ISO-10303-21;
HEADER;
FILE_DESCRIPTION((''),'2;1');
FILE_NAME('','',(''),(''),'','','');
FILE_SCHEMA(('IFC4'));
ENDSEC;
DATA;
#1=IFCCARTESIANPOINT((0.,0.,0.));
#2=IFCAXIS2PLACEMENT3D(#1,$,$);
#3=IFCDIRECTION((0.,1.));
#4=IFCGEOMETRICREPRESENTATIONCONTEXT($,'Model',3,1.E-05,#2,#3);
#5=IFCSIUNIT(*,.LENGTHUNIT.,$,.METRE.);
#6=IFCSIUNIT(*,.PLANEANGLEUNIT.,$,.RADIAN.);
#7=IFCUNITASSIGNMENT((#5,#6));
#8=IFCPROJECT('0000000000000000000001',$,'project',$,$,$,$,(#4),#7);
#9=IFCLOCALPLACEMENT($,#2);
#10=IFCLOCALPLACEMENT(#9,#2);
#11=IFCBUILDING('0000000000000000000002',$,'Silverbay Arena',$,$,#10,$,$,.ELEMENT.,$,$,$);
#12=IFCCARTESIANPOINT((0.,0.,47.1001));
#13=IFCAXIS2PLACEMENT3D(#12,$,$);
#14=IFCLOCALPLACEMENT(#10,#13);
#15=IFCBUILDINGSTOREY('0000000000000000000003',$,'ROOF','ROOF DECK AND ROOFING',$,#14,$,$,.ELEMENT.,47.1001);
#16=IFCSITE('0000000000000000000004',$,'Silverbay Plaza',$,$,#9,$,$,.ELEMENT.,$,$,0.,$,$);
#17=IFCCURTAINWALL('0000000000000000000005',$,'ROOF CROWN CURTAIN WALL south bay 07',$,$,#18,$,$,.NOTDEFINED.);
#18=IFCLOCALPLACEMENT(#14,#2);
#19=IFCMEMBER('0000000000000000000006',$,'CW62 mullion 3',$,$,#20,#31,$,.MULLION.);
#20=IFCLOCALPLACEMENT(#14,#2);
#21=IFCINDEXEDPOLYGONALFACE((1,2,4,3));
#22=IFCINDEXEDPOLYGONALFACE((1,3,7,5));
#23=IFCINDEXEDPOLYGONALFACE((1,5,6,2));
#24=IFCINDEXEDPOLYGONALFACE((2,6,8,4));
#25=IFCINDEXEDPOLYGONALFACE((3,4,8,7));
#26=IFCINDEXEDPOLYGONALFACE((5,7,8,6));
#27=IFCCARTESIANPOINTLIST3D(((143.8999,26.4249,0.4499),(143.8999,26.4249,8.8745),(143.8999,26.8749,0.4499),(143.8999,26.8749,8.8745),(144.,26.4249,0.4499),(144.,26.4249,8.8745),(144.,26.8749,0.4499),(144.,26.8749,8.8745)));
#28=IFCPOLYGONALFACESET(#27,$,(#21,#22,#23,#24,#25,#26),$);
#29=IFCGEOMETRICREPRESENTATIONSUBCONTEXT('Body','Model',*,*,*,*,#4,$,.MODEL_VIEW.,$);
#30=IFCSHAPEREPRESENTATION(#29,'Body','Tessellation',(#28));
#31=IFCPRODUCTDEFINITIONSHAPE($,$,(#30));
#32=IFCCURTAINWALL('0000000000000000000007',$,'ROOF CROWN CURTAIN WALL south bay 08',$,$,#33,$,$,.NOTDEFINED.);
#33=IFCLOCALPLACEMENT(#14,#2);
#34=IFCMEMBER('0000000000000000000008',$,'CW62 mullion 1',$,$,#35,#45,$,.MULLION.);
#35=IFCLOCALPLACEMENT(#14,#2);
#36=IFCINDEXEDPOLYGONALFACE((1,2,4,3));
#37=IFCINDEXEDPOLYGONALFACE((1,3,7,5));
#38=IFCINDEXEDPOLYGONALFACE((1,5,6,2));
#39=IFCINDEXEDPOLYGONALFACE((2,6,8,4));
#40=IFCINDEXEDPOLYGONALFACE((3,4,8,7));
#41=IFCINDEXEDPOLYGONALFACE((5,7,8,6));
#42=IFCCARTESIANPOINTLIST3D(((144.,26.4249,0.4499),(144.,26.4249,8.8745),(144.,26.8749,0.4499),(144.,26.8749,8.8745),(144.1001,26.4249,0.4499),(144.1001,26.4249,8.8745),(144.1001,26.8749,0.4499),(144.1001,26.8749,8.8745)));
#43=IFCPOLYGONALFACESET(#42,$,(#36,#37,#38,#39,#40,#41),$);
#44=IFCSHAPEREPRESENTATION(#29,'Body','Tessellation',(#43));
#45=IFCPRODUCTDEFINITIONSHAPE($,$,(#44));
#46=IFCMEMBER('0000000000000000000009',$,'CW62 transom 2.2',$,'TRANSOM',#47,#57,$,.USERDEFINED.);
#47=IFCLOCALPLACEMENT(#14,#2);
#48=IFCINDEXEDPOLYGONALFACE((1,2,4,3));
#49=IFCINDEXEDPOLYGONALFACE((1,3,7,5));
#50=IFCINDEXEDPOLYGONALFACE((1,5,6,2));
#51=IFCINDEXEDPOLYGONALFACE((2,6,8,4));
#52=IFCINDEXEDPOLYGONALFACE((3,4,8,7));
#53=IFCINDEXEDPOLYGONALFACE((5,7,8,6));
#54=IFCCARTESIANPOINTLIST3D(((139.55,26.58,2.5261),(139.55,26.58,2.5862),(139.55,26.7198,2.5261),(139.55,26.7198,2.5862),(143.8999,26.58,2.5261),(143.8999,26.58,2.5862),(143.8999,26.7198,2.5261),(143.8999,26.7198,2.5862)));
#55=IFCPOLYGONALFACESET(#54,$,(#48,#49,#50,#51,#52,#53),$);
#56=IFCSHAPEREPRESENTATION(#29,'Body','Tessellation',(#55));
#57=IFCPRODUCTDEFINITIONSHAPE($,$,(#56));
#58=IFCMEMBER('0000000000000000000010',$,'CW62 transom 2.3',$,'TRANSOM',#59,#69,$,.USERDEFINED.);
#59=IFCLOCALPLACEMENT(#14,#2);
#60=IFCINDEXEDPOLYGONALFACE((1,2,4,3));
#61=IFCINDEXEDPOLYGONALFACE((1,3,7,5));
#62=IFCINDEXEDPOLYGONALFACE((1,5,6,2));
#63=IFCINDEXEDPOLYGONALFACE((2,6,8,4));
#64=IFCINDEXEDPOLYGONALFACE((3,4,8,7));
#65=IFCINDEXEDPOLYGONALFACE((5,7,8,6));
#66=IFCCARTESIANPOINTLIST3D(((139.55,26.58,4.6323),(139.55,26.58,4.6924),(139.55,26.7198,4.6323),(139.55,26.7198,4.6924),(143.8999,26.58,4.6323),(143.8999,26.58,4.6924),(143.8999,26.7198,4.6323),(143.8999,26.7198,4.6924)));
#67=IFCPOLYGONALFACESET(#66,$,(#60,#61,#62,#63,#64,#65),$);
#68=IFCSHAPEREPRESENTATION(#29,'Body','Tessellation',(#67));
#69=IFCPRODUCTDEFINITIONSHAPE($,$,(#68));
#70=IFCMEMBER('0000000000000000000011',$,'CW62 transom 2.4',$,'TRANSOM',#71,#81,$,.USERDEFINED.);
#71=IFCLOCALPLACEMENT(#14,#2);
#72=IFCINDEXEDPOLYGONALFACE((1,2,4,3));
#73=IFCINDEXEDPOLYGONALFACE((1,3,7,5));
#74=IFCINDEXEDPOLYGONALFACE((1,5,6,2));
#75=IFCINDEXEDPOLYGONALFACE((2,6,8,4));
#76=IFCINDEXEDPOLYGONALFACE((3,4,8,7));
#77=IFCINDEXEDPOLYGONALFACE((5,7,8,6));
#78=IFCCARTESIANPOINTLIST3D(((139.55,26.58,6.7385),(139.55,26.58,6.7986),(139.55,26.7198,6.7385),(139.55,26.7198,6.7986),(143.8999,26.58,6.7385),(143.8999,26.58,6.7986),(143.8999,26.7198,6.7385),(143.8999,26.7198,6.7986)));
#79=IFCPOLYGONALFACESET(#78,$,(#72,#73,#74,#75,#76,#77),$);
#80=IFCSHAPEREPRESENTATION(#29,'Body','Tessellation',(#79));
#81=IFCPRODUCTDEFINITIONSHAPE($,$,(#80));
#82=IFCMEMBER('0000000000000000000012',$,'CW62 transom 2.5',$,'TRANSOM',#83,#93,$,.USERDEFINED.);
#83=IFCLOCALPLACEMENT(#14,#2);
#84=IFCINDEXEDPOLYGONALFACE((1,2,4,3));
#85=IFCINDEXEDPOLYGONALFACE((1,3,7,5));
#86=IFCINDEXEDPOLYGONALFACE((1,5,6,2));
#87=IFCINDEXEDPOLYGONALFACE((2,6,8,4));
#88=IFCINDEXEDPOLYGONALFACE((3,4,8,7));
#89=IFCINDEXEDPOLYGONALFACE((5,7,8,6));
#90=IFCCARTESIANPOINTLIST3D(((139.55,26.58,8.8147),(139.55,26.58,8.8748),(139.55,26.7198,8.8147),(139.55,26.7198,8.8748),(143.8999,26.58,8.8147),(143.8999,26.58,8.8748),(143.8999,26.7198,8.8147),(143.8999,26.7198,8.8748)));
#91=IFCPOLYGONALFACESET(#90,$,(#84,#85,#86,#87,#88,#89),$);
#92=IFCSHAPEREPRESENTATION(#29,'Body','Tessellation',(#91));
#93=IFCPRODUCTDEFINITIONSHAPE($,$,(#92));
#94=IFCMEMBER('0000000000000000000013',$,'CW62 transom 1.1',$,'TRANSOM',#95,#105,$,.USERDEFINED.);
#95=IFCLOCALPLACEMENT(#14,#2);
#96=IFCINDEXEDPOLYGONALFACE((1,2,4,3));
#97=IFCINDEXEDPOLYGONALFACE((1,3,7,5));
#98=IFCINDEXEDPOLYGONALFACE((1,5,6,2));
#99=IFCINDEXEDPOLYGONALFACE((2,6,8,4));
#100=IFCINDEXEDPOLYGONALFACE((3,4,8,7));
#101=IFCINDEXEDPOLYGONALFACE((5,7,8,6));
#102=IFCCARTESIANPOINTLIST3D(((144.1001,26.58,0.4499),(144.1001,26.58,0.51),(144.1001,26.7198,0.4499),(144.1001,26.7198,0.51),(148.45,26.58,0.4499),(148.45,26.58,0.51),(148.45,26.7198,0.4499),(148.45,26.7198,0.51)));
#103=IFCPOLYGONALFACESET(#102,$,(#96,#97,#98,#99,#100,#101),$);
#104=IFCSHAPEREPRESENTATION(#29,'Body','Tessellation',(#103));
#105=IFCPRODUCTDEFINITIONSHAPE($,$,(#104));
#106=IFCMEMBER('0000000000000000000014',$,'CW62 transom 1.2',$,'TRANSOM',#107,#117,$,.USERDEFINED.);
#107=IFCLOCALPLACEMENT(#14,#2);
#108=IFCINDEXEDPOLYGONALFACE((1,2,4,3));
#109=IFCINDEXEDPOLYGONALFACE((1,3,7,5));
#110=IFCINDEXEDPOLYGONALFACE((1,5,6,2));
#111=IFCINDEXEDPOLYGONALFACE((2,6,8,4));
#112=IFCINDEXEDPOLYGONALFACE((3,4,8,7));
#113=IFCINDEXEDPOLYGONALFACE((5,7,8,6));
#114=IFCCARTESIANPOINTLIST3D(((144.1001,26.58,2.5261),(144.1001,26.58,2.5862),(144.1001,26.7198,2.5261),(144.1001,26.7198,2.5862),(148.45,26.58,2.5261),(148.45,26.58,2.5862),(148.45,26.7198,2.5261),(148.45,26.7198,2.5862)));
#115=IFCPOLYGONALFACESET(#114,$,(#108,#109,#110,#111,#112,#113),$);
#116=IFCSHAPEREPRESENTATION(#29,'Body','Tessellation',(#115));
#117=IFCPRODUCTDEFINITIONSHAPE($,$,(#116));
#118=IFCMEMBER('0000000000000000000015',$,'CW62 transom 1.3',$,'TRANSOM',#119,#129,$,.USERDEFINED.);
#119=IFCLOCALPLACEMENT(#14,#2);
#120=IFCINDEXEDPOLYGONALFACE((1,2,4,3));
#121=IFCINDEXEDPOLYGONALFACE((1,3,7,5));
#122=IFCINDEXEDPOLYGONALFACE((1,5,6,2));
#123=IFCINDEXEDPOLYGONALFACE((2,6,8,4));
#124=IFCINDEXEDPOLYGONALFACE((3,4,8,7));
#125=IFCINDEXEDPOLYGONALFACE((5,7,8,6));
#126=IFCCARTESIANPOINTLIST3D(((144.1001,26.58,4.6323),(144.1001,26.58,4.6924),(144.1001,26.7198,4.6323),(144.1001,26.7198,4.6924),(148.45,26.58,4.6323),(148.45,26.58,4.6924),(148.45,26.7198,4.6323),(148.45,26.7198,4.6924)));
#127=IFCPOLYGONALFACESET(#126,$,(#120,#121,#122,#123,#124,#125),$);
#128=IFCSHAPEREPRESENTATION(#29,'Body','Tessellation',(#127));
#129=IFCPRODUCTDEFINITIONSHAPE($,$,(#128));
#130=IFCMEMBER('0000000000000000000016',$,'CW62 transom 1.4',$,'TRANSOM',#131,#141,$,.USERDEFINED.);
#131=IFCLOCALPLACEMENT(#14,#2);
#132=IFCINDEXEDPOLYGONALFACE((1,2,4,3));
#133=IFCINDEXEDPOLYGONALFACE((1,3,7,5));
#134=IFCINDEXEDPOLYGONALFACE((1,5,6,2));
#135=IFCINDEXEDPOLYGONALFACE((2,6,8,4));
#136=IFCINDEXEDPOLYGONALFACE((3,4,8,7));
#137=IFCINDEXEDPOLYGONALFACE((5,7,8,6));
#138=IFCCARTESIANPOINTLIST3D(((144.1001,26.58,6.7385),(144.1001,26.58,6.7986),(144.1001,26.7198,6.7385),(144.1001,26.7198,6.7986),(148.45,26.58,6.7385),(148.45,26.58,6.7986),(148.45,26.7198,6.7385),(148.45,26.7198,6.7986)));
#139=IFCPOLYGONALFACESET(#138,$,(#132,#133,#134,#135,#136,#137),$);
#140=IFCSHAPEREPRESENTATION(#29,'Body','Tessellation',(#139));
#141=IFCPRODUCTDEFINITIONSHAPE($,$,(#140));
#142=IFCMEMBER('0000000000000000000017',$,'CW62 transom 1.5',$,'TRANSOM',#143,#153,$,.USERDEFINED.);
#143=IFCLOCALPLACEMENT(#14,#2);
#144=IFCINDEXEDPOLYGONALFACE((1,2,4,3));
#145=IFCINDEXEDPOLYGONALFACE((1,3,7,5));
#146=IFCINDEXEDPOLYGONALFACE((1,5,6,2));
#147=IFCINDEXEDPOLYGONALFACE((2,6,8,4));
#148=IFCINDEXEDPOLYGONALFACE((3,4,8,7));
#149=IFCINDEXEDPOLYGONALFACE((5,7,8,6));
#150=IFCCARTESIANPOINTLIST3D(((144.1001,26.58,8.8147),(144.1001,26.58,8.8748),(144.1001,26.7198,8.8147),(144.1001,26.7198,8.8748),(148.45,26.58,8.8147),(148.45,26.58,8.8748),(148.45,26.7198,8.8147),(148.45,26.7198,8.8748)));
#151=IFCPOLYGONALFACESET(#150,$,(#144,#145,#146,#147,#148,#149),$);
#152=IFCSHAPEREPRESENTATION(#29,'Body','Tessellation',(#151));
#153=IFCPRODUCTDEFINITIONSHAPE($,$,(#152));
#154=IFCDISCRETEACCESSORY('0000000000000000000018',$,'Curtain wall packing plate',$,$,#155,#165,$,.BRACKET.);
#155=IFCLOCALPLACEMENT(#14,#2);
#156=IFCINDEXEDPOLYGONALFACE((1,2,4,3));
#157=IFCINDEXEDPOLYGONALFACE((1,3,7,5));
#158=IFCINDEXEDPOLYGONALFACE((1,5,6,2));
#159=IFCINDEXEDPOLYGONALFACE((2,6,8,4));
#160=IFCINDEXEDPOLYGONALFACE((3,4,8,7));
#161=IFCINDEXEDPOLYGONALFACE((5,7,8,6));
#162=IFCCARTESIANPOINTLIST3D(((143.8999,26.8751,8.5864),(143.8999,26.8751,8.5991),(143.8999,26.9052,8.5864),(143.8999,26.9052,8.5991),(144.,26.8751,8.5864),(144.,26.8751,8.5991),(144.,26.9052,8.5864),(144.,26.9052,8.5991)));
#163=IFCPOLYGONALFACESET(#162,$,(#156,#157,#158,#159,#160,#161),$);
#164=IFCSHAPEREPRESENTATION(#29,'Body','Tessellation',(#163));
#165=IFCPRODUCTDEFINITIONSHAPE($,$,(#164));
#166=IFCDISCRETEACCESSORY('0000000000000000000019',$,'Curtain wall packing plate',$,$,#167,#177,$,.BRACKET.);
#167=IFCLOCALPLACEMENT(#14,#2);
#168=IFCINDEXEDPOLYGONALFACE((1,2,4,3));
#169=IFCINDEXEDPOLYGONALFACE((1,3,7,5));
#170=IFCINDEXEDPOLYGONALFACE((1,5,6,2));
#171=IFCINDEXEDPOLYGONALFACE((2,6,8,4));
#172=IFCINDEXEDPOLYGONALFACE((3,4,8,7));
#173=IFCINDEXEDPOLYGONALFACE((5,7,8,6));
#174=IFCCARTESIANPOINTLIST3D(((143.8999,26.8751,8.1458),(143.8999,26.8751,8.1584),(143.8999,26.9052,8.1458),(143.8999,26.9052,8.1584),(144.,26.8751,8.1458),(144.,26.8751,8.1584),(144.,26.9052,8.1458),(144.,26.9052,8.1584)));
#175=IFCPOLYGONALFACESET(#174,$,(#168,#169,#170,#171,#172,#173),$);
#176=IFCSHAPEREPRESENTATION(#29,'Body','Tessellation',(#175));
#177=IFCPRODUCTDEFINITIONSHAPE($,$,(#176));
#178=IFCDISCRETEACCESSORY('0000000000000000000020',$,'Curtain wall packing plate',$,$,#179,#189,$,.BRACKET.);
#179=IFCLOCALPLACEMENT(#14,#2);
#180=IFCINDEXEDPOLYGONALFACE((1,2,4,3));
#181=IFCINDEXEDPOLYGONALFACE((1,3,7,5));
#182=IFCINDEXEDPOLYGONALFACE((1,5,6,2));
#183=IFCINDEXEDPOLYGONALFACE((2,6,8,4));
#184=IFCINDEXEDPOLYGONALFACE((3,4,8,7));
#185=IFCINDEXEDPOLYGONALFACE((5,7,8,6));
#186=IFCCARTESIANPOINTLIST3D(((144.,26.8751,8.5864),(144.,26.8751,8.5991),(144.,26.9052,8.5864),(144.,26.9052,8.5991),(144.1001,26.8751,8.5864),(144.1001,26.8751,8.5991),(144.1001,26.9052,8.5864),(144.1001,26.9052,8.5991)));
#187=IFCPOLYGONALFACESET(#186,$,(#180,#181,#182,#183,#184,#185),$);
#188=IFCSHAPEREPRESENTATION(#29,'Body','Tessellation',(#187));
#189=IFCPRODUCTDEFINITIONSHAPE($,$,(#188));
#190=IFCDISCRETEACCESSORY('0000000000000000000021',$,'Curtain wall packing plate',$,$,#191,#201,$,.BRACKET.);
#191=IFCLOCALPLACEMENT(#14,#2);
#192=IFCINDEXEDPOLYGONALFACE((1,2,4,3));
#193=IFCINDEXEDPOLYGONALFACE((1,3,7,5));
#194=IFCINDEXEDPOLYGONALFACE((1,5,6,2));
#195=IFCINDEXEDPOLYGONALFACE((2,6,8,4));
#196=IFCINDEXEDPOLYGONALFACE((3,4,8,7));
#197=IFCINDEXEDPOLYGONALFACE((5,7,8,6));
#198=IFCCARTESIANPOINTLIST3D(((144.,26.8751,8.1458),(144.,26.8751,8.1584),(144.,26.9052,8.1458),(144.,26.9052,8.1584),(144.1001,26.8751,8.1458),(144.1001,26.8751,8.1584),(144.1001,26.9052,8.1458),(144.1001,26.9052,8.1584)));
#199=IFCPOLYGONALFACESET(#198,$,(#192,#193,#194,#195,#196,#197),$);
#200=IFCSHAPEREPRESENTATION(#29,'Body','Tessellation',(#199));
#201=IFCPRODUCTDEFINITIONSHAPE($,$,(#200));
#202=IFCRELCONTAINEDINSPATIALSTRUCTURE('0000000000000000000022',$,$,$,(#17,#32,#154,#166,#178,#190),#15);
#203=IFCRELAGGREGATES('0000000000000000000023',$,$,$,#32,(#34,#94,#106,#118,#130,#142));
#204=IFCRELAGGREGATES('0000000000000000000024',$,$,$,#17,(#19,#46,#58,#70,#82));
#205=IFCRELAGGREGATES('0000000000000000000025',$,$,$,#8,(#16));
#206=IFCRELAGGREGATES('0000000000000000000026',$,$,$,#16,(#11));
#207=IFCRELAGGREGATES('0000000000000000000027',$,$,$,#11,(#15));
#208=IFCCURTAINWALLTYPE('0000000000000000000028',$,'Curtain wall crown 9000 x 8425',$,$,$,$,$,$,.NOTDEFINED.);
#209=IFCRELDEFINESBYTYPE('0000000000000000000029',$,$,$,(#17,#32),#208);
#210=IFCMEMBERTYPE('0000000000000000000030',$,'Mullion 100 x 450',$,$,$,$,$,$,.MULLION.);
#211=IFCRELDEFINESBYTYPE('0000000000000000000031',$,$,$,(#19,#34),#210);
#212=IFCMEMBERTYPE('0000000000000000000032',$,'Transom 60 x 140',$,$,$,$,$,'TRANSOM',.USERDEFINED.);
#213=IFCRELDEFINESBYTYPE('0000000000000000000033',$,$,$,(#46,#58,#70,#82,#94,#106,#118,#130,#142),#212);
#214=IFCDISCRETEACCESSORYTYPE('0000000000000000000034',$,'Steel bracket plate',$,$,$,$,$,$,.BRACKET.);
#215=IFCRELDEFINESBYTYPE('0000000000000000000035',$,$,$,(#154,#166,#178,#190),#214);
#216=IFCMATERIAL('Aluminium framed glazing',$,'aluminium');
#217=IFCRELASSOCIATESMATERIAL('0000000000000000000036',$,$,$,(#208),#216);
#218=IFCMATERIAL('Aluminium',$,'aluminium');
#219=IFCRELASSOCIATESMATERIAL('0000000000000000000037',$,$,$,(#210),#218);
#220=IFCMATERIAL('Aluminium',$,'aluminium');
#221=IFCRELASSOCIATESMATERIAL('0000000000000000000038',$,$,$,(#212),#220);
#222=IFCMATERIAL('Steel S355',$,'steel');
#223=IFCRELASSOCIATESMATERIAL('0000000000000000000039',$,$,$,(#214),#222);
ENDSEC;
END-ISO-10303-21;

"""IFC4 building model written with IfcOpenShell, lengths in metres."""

from ifc_helpers import new_model, si_unit, direction, frame, origin, origin_2d, place, context, subcontext, project, spatial, rectangle, extrude, material, material_profile, profile_set, type_object, element, aggregate, save


model = new_model("IFC4")

# Units and contexts
model_context = context("Model", 3, precision=1e-05, world=origin(), true_north=direction((0.0, 1.0)))
body_context = subcontext(model_context, "Body", "Model", "MODEL_VIEW")
ifc_project = project(units=[si_unit("LENGTHUNIT", "METRE"), si_unit("PLANEANGLEUNIT", "RADIAN")], contexts=[model_context])

# Site, building, storey
site_placement = place(None, origin())
site = spatial("IfcSite", under=ifc_project, at=site_placement, Name="Silverbay Plaza", CompositionType="ELEMENT", RefElevation=0.0)
building_placement = place(site_placement, origin())
building = spatial("IfcBuilding", under=site, at=building_placement, Name="Silverbay Arena", CompositionType="ELEMENT")
storey_placement = place(building_placement, frame((0.0, 0.0, 47.1001)))
storey = spatial("IfcBuildingStorey", under=building, at=storey_placement, Name="ROOF", Description="ROOF DECK AND ROOFING", CompositionType="ELEMENT", Elevation=47.1001)

# Curtain walls, members
ifc_material_1 = material(Name="Aluminium framed glazing", Category="aluminium")
curtain_wall_type = type_object("IfcCurtainWallType", Name="Curtain wall crown 9000 x 8425", PredefinedType="NOTDEFINED", material=ifc_material_1)
curtain_wall_1_placement = place(storey_placement, origin())
curtain_wall_1 = element("IfcCurtainWall", 1, at=curtain_wall_1_placement, inside=storey, type_object=curtain_wall_type, Name="ROOF CROWN CURTAIN WALL south bay 07", PredefinedType="NOTDEFINED")
ifc_material_2 = material(Name="Aluminium", Category="aluminium")
ifc_material_profile_1 = material_profile(ifc_material_2, rectangle(XDim=0.45, YDim=0.1001, at=origin_2d()), Name="Mullion 100 x 450")
ifc_profile_set_1 = profile_set([ifc_material_profile_1], Name="Aluminium")
member_type_1 = type_object("IfcMemberType", Name="Mullion 100 x 450", PredefinedType="MULLION", material=ifc_profile_set_1)
placement = place(building_placement, frame((0.0, 0.0, 33.5)))
member_1_placement = place(placement, frame((143.95, 26.6499, 14.05), z_axis=(0.0, 0.0, 1.0), x_axis=(0.0, 1.0, 0.0)))
member_1 = element("IfcMember", 2, at=member_1_placement, type_object=member_type_1, Name="CW62 mullion 3", PredefinedType="MULLION", context=body_context, shape_type="SweptSolid", body=[
    extrude(rectangle(XDim=0.45, YDim=0.1001, at=origin_2d()), origin(), (0.0, 0.0, 1.0), 8.4246),
])
curtain_wall_2_placement = place(storey_placement, origin())
curtain_wall_2 = element("IfcCurtainWall", 3, at=curtain_wall_2_placement, inside=storey, type_object=curtain_wall_type, Name="ROOF CROWN CURTAIN WALL south bay 08", PredefinedType="NOTDEFINED")
member_2_placement = place(placement, frame((144.05, 26.6499, 14.05), z_axis=(0.0, 0.0, 1.0), x_axis=(0.0, 1.0, 0.0)))
member_2 = element("IfcMember", 4, at=member_2_placement, type_object=member_type_1, Name="CW62 mullion 1", PredefinedType="MULLION", context=body_context, shape_type="SweptSolid", body=[
    extrude(rectangle(XDim=0.45, YDim=0.1001, at=origin_2d()), origin(), (0.0, 0.0, 1.0), 8.4246),
])

# Members
ifc_material_3 = material(Name="Aluminium", Category="aluminium")
ifc_material_profile_2 = material_profile(ifc_material_3, rectangle(XDim=0.1399, YDim=0.0601, at=origin_2d()), Name="Transom 60 x 140")
ifc_profile_set_2 = profile_set([ifc_material_profile_2], Name="Aluminium")
member_type_2 = type_object("IfcMemberType", Name="Transom 60 x 140", ElementType="TRANSOM", PredefinedType="USERDEFINED", material=ifc_profile_set_2)
member_3_placement = place(placement, frame((139.55, 26.6499, 16.1562), z_axis=(1.0, 0.0, 0.0), x_axis=(0.0, 1.0, 0.0)))
member_3 = element("IfcMember", 5, at=member_3_placement, type_object=member_type_2, Name="CW62 transom 2.2", ObjectType="TRANSOM", PredefinedType="USERDEFINED", context=body_context, shape_type="SweptSolid", body=[
    extrude(rectangle(XDim=0.1399, YDim=0.0601, at=origin_2d()), origin(), (0.0, 0.0, 1.0), 4.3499),
])
member_4_placement = place(placement, frame((139.55, 26.6499, 18.2625), z_axis=(1.0, 0.0, 0.0), x_axis=(0.0, 1.0, 0.0)))
member_4 = element("IfcMember", 6, at=member_4_placement, type_object=member_type_2, Name="CW62 transom 2.3", ObjectType="TRANSOM", PredefinedType="USERDEFINED", context=body_context, shape_type="SweptSolid", body=[
    extrude(rectangle(XDim=0.1399, YDim=0.0601, at=origin_2d()), origin(), (0.0, 0.0, 1.0), 4.3499),
])
member_5_placement = place(placement, frame((139.55, 26.6499, 20.3687), z_axis=(1.0, 0.0, 0.0), x_axis=(0.0, 1.0, 0.0)))
member_5 = element("IfcMember", 7, at=member_5_placement, type_object=member_type_2, Name="CW62 transom 2.4", ObjectType="TRANSOM", PredefinedType="USERDEFINED", context=body_context, shape_type="SweptSolid", body=[
    extrude(rectangle(XDim=0.1399, YDim=0.0601, at=origin_2d()), origin(), (0.0, 0.0, 1.0), 4.3499),
])
member_6_placement = place(placement, frame((139.55, 26.6499, 22.4448), z_axis=(1.0, 0.0, 0.0), x_axis=(0.0, 1.0, 0.0)))
member_6 = element("IfcMember", 8, at=member_6_placement, type_object=member_type_2, Name="CW62 transom 2.5", ObjectType="TRANSOM", PredefinedType="USERDEFINED", context=body_context, shape_type="SweptSolid", body=[
    extrude(rectangle(XDim=0.1399, YDim=0.0601, at=origin_2d()), origin(), (0.0, 0.0, 1.0), 4.3499),
])
member_7_placement = place(placement, frame((144.1001, 26.6499, 14.0801), z_axis=(1.0, 0.0, 0.0), x_axis=(0.0, 1.0, 0.0)))
member_7 = element("IfcMember", 9, at=member_7_placement, type_object=member_type_2, Name="CW62 transom 1.1", ObjectType="TRANSOM", PredefinedType="USERDEFINED", context=body_context, shape_type="SweptSolid", body=[
    extrude(rectangle(XDim=0.1399, YDim=0.0601, at=origin_2d()), origin(), (0.0, 0.0, 1.0), 4.3499),
])
member_8_placement = place(placement, frame((144.1001, 26.6499, 16.1562), z_axis=(1.0, 0.0, 0.0), x_axis=(0.0, 1.0, 0.0)))
member_8 = element("IfcMember", 10, at=member_8_placement, type_object=member_type_2, Name="CW62 transom 1.2", ObjectType="TRANSOM", PredefinedType="USERDEFINED", context=body_context, shape_type="SweptSolid", body=[
    extrude(rectangle(XDim=0.1399, YDim=0.0601, at=origin_2d()), origin(), (0.0, 0.0, 1.0), 4.3499),
])
member_9_placement = place(placement, frame((144.1001, 26.6499, 18.2625), z_axis=(1.0, 0.0, 0.0), x_axis=(0.0, 1.0, 0.0)))
member_9 = element("IfcMember", 11, at=member_9_placement, type_object=member_type_2, Name="CW62 transom 1.3", ObjectType="TRANSOM", PredefinedType="USERDEFINED", context=body_context, shape_type="SweptSolid", body=[
    extrude(rectangle(XDim=0.1399, YDim=0.0601, at=origin_2d()), origin(), (0.0, 0.0, 1.0), 4.3499),
])
member_10_placement = place(placement, frame((144.1001, 26.6499, 20.3687), z_axis=(1.0, 0.0, 0.0), x_axis=(0.0, 1.0, 0.0)))
member_10 = element("IfcMember", 12, at=member_10_placement, type_object=member_type_2, Name="CW62 transom 1.4", ObjectType="TRANSOM", PredefinedType="USERDEFINED", context=body_context, shape_type="SweptSolid", body=[
    extrude(rectangle(XDim=0.1399, YDim=0.0601, at=origin_2d()), origin(), (0.0, 0.0, 1.0), 4.3499),
])
member_11_placement = place(placement, frame((144.1001, 26.6499, 22.4448), z_axis=(1.0, 0.0, 0.0), x_axis=(0.0, 1.0, 0.0)))
member_11 = element("IfcMember", 13, at=member_11_placement, type_object=member_type_2, Name="CW62 transom 1.5", ObjectType="TRANSOM", PredefinedType="USERDEFINED", context=body_context, shape_type="SweptSolid", body=[
    extrude(rectangle(XDim=0.1399, YDim=0.0601, at=origin_2d()), origin(), (0.0, 0.0, 1.0), 4.3499),
])
aggregate(curtain_wall_2, [member_2, member_7, member_8, member_9, member_10, member_11])

aggregate(curtain_wall_1, [member_1, member_3, member_4, member_5, member_6])

# Discrete accessories
ifc_material_4 = material(Name="Steel S355", Category="steel")
discrete_accessory_type = type_object("IfcDiscreteAccessoryType", Name="Steel bracket plate", PredefinedType="BRACKET", material=ifc_material_4)
for number, where, z_axis, x_axis, name in (
    (14, (143.95, 26.8901, 8.5864), (0.0, 0.0, 1.0), (1.0, 0.0, 0.0), "Curtain wall packing plate"),
    (15, (143.95, 26.8901, 8.1458), (0.0, 0.0, 1.0), (1.0, 0.0, 0.0), "Curtain wall packing plate"),
    (16, (144.05, 26.8901, 8.5864), (0.0, 0.0, 1.0), (1.0, 0.0, 0.0), "Curtain wall packing plate"),
    (17, (144.05, 26.8901, 8.1458), (0.0, 0.0, 1.0), (1.0, 0.0, 0.0), "Curtain wall packing plate"),
):
    element("IfcDiscreteAccessory", number, at=place(storey_placement, frame(where, z_axis=z_axis, x_axis=x_axis)), inside=storey, type_object=discrete_accessory_type, Name=name, PredefinedType="BRACKET", context=body_context, shape_type="SweptSolid", body=[
        extrude(rectangle(XDim=0.1001, YDim=0.03, at=origin_2d()), origin(), (0.0, 0.0, 1.0), 0.0127),
    ])

save(model, "model.ifc")
